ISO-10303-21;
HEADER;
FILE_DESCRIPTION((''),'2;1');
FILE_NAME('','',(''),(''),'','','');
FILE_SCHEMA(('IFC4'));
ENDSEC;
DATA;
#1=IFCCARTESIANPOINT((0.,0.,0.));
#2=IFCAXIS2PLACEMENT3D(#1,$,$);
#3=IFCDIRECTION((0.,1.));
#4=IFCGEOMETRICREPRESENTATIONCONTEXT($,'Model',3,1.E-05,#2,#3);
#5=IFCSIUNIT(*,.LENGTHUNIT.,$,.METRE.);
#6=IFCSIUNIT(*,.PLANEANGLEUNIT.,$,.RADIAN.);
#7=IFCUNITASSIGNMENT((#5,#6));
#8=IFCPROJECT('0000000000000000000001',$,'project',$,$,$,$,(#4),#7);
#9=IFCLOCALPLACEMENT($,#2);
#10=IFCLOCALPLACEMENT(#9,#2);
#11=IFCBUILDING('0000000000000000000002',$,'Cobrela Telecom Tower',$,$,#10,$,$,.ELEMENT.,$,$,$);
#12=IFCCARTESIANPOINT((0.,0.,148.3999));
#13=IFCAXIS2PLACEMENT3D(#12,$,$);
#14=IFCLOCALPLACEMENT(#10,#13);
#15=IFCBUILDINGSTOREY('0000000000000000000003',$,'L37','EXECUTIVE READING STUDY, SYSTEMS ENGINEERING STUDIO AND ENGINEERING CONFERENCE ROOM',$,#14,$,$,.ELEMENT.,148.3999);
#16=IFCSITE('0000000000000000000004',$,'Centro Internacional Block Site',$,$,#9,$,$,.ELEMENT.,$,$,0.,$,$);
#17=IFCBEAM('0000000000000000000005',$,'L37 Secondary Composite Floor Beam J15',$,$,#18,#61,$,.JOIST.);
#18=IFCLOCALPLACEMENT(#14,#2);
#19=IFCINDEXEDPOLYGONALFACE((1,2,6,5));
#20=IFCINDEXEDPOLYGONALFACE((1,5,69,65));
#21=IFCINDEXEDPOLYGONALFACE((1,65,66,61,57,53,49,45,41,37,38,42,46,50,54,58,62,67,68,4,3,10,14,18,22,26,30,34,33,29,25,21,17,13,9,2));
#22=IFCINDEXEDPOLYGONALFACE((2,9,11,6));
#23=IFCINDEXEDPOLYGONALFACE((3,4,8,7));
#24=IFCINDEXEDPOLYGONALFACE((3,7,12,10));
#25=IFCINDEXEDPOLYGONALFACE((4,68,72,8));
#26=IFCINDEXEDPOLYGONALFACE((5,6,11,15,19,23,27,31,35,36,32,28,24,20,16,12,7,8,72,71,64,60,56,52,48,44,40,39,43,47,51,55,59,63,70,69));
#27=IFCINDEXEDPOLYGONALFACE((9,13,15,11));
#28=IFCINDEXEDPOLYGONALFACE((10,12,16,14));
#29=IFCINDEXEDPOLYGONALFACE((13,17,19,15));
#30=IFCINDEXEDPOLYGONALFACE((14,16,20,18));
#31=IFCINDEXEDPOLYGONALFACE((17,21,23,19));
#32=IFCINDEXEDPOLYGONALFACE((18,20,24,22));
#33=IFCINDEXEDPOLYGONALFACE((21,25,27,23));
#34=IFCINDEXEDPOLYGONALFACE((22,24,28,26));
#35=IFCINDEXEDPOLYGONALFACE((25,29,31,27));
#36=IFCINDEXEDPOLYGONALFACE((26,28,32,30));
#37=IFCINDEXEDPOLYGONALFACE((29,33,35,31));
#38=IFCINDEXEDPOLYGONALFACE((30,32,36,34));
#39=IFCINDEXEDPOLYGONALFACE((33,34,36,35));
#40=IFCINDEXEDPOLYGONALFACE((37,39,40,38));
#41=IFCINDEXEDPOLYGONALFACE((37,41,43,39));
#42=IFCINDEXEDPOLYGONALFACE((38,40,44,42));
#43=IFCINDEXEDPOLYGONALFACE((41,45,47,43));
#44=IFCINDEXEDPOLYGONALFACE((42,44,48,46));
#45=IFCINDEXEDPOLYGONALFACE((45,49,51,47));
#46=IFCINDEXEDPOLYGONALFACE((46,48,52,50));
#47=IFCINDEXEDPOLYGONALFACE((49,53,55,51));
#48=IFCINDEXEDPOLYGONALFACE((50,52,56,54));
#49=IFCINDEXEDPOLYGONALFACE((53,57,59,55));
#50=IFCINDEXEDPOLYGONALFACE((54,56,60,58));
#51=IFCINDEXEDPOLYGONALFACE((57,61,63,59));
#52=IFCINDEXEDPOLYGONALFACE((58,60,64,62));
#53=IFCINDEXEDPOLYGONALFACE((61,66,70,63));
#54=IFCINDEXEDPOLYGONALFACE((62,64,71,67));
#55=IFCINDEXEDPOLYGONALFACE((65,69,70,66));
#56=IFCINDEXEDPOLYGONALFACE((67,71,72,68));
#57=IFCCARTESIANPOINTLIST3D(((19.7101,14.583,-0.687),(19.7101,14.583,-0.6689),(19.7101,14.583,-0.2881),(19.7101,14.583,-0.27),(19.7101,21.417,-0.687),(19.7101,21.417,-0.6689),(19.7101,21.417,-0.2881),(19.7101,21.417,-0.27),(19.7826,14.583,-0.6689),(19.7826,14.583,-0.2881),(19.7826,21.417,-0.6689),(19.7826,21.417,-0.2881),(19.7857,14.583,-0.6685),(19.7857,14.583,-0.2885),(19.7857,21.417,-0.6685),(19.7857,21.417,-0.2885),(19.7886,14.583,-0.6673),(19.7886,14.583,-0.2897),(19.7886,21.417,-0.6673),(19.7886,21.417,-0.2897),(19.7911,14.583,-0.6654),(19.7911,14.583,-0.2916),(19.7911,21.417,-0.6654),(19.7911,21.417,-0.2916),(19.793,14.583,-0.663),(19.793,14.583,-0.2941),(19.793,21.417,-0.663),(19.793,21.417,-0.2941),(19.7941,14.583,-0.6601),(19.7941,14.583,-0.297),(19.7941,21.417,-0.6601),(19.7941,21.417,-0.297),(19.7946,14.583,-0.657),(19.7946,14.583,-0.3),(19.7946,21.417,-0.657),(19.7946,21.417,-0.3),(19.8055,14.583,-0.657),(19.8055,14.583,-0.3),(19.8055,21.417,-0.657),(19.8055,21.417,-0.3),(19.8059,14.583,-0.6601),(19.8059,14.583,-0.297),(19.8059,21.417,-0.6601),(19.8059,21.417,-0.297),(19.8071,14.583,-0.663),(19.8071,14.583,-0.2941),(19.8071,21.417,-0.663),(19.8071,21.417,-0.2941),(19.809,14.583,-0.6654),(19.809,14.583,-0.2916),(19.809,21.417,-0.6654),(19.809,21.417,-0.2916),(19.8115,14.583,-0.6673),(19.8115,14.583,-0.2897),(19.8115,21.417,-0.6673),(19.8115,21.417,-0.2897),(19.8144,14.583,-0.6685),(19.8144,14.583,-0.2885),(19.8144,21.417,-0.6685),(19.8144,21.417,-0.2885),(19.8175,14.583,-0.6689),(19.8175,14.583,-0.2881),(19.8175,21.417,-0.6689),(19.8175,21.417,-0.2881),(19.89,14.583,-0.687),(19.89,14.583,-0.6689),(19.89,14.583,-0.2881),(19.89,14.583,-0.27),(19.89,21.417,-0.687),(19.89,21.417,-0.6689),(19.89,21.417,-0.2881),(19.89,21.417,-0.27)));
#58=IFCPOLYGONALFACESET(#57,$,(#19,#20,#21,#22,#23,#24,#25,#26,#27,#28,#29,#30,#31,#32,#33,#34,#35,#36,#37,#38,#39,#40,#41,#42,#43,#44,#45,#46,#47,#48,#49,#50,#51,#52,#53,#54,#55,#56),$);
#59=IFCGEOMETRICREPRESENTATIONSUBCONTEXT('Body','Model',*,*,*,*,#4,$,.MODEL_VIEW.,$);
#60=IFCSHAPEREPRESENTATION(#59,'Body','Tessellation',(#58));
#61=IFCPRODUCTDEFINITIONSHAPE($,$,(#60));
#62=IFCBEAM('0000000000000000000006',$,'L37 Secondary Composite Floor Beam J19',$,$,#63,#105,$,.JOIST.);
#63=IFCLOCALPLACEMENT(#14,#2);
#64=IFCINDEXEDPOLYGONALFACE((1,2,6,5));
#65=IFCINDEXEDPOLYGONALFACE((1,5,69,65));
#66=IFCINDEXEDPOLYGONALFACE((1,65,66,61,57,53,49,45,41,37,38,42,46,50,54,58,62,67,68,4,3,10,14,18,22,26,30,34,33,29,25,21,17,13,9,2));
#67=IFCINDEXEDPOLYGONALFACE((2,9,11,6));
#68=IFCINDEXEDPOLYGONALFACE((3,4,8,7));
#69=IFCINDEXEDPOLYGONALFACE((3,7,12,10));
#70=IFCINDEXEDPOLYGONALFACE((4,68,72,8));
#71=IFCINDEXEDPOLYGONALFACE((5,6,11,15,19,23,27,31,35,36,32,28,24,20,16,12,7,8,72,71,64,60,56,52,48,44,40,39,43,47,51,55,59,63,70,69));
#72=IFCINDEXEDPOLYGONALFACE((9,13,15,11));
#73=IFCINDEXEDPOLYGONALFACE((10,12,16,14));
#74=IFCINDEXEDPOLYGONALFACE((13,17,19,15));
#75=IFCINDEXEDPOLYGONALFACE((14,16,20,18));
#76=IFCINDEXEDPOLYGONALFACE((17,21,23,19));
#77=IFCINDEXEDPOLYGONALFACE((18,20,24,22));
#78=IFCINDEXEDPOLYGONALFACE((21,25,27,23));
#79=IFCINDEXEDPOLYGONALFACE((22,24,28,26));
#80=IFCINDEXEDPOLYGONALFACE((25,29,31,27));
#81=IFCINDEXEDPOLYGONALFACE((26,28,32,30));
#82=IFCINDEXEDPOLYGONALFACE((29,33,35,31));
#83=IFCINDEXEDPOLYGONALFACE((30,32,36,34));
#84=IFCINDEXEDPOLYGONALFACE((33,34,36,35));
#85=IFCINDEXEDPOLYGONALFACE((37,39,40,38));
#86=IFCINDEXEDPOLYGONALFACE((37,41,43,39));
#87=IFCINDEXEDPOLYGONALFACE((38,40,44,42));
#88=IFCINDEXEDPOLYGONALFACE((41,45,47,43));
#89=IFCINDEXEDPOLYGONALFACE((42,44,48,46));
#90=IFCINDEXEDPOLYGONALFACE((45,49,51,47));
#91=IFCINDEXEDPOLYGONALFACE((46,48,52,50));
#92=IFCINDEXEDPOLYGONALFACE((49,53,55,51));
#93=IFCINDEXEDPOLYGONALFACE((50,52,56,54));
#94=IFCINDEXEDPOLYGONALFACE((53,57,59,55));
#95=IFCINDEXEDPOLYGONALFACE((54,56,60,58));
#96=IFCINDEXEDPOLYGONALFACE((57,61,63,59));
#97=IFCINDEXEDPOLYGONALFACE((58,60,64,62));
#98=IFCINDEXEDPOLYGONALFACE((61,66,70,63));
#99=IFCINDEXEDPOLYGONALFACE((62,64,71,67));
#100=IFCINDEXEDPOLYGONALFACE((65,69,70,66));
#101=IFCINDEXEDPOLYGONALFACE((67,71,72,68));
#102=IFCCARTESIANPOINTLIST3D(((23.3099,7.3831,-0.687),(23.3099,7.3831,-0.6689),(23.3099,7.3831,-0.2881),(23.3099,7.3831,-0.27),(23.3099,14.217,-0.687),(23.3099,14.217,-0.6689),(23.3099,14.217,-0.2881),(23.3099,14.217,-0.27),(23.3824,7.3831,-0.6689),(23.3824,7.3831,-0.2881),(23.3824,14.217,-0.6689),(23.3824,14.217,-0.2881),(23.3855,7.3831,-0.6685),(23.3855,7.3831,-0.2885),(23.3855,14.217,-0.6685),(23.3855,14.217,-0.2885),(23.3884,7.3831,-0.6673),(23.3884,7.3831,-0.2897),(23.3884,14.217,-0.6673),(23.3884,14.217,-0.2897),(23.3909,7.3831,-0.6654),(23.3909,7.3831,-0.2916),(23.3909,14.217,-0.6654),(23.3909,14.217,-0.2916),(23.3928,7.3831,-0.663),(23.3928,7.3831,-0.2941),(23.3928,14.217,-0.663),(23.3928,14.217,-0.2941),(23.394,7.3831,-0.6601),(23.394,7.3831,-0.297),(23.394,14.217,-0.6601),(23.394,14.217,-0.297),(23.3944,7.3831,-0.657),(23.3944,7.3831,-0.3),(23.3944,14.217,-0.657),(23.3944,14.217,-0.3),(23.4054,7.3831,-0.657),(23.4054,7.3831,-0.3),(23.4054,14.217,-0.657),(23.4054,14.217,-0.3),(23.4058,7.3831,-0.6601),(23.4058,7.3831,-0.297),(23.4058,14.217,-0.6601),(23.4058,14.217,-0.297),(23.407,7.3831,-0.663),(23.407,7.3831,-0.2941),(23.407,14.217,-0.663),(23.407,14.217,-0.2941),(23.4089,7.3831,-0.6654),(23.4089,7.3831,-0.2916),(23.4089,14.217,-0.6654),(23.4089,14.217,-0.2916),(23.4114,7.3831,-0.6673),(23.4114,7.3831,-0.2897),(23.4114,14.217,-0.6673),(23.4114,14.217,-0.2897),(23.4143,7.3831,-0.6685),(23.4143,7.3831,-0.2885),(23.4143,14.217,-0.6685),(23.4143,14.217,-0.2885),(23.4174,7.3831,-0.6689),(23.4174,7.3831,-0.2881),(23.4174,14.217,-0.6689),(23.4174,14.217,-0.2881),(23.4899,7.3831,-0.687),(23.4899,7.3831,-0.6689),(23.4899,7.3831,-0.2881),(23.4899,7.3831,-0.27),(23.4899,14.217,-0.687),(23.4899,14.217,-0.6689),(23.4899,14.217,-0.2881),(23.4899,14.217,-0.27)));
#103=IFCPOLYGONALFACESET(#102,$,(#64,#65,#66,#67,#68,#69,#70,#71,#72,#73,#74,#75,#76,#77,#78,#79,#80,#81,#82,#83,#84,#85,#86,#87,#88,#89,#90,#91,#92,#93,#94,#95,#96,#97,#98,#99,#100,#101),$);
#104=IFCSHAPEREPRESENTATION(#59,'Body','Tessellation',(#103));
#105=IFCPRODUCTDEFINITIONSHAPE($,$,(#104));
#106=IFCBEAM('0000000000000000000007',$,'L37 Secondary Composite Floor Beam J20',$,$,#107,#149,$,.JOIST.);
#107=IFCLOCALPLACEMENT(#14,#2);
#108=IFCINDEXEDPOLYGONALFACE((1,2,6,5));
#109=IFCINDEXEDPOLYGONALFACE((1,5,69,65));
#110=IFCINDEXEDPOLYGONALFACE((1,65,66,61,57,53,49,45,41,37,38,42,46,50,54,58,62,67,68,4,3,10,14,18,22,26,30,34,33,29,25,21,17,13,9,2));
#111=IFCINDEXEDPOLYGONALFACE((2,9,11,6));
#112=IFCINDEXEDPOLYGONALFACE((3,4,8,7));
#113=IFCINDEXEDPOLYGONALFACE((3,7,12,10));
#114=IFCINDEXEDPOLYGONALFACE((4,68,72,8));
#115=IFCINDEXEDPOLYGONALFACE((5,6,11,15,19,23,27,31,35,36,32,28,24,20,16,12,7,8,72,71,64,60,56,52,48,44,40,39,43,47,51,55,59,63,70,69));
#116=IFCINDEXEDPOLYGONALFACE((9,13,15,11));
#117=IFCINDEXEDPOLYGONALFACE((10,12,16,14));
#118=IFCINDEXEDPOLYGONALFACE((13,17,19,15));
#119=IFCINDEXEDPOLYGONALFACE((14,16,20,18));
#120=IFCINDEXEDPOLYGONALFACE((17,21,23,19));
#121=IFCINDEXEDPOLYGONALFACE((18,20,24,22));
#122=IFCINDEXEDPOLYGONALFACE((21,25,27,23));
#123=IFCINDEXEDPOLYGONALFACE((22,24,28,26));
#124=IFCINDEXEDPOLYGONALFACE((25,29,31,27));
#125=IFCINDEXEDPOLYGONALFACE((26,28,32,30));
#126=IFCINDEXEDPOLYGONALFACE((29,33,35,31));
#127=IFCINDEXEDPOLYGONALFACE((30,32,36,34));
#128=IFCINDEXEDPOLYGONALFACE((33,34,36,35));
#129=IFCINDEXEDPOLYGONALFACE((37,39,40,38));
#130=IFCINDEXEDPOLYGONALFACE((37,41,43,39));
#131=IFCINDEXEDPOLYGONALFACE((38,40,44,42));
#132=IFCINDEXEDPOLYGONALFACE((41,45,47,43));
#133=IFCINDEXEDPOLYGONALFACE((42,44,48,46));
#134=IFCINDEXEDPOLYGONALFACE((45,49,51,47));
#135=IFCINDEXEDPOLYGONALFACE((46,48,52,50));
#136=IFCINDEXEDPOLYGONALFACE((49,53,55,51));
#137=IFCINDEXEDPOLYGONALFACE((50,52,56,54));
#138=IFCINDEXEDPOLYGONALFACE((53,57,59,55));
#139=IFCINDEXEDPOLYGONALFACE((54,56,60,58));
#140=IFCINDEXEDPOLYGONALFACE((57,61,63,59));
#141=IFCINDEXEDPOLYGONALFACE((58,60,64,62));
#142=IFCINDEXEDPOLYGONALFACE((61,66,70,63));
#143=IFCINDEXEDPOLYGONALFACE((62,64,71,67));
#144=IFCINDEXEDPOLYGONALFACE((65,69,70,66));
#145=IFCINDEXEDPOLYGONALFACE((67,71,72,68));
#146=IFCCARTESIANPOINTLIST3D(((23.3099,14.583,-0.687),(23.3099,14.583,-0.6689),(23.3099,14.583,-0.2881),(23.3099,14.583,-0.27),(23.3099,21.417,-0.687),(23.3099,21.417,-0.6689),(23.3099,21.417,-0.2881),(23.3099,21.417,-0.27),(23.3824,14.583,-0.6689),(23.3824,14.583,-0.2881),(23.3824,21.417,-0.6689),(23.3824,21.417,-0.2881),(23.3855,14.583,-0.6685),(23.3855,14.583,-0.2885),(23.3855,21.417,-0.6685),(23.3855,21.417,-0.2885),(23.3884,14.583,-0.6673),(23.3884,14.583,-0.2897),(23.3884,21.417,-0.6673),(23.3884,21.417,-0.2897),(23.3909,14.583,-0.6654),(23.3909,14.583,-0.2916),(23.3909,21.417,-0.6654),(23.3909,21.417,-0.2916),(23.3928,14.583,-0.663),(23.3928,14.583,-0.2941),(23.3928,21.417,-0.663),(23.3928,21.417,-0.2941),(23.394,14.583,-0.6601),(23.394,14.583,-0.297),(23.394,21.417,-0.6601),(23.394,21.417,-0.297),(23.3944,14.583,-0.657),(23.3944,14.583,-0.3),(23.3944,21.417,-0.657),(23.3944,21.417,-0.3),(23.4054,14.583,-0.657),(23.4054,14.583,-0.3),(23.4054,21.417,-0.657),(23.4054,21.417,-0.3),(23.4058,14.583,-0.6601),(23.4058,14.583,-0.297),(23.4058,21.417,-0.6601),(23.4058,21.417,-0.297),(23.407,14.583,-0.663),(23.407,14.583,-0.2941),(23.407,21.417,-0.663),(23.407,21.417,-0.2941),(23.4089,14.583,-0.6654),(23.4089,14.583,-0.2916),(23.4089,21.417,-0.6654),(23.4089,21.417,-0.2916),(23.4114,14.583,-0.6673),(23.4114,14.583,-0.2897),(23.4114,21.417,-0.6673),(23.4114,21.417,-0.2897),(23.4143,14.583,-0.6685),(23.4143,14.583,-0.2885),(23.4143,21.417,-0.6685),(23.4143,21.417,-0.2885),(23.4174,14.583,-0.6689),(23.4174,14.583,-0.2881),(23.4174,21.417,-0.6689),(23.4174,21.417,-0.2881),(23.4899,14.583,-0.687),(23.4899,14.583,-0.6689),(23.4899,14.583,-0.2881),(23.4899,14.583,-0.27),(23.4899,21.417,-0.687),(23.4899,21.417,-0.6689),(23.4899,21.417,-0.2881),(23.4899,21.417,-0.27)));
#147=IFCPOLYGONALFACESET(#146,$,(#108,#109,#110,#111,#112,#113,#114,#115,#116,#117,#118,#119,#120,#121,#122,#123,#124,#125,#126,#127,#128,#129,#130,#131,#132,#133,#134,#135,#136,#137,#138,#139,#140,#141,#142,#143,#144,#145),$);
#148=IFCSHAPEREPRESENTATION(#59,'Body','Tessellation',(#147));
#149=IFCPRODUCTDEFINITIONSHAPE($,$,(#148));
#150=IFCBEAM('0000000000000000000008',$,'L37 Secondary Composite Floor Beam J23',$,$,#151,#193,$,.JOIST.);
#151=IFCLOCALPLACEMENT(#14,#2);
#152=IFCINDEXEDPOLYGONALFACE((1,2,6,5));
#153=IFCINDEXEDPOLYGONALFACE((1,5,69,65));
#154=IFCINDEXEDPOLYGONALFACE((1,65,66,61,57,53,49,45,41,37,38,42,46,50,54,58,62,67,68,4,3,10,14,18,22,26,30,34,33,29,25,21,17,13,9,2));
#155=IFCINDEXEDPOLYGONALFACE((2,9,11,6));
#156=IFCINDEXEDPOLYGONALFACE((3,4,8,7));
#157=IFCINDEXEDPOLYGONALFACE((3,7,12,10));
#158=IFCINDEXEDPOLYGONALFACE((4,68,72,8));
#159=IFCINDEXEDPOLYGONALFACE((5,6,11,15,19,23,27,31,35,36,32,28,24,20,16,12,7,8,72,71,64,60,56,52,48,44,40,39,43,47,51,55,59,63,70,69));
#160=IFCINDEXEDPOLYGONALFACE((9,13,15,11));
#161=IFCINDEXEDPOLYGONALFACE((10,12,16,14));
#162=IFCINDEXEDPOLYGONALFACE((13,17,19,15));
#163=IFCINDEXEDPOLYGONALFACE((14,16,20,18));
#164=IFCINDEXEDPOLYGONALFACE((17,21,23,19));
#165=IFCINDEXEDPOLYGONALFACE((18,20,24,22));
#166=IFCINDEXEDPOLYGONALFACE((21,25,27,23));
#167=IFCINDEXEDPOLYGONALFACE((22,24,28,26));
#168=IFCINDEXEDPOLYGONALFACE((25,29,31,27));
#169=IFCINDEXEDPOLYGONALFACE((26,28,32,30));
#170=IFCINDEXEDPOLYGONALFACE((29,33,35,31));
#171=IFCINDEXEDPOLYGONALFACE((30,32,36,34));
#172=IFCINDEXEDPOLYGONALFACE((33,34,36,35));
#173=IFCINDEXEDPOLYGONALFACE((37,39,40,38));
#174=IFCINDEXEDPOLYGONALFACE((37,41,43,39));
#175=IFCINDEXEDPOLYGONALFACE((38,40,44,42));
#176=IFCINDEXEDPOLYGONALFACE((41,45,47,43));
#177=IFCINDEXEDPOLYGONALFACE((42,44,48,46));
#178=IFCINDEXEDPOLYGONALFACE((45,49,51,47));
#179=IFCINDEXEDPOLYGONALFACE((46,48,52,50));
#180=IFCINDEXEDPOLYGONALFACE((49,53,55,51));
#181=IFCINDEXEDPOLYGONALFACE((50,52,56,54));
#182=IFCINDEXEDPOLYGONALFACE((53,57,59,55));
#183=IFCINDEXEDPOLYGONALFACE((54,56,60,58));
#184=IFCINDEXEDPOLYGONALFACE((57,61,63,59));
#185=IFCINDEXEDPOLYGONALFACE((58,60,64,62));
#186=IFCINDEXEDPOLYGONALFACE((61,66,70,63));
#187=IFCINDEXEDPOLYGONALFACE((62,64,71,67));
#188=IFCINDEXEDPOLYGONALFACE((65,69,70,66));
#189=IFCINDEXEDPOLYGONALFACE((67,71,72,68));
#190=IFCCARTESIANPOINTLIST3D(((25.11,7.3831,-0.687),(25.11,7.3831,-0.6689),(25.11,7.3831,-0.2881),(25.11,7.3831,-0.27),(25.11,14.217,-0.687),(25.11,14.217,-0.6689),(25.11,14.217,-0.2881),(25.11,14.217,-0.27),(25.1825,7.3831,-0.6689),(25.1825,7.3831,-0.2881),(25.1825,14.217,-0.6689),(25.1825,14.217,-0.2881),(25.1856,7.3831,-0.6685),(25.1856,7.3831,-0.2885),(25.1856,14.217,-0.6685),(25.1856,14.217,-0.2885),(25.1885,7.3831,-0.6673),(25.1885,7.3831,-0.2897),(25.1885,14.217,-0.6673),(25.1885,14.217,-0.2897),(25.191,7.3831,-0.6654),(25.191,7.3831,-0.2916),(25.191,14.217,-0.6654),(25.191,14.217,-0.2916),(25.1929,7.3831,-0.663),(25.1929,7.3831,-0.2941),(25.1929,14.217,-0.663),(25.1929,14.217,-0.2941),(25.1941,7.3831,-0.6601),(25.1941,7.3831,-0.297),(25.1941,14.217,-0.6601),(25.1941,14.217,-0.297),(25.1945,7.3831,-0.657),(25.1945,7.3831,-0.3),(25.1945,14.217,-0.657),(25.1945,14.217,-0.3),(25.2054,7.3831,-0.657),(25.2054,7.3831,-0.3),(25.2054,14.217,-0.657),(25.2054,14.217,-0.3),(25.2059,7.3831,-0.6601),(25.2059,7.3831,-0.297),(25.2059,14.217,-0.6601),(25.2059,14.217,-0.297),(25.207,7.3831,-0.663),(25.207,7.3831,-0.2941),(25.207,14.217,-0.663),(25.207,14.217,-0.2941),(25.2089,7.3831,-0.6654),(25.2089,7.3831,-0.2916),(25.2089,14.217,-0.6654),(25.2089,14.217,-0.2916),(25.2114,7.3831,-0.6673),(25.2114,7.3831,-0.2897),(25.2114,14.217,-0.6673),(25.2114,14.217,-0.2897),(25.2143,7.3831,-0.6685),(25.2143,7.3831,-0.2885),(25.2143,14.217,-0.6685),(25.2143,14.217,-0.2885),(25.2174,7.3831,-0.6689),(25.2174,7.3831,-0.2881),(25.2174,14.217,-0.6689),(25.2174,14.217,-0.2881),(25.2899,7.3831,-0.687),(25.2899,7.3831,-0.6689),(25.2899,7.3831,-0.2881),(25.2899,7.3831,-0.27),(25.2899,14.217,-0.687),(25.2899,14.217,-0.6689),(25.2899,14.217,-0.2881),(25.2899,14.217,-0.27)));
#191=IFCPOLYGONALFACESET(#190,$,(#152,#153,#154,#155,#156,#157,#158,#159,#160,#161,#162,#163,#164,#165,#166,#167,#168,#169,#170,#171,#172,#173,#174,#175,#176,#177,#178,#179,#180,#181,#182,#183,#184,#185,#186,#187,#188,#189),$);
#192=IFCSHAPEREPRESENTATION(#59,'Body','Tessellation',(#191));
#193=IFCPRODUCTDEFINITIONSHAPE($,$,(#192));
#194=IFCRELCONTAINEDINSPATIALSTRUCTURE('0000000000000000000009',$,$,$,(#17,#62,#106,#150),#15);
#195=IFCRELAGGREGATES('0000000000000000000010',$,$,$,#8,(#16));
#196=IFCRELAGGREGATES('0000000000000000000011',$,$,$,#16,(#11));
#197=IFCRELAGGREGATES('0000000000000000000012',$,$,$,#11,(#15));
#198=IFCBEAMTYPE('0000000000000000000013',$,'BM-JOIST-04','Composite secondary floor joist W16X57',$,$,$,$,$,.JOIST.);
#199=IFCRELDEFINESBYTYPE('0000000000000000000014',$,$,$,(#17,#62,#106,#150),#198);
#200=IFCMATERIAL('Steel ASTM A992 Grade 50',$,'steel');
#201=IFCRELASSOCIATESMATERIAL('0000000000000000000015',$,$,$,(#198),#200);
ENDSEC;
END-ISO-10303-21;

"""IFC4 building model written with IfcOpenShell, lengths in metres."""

from ifc_helpers import new_model, si_unit, direction, frame, origin, origin_2d, place, context, subcontext, project, spatial, i_section, extrude, material, material_profile, profile_set, type_object, element, save


model = new_model("IFC4")

# Units and contexts
model_context = context("Model", 3, precision=1e-05, world=origin(), true_north=direction((0.0, 1.0)))
body_context = subcontext(model_context, "Body", "Model", "MODEL_VIEW")
ifc_project = project(units=[si_unit("LENGTHUNIT", "METRE"), si_unit("PLANEANGLEUNIT", "RADIAN")], contexts=[model_context])

# Site, building, storey
site_placement = place(None, origin())
site = spatial("IfcSite", under=ifc_project, at=site_placement, Name="Centro Internacional Block Site", CompositionType="ELEMENT", RefElevation=0.0)
building_placement = place(site_placement, origin())
building = spatial("IfcBuilding", under=site, at=building_placement, Name="Cobrela Telecom Tower", CompositionType="ELEMENT")
storey_placement = place(building_placement, frame((0.0, 0.0, 148.3999)))
storey = spatial("IfcBuildingStorey", under=building, at=storey_placement, Name="L37", Description="EXECUTIVE READING STUDY, SYSTEMS ENGINEERING STUDIO AND ENGINEERING CONFERENCE ROOM", CompositionType="ELEMENT", Elevation=148.3999)

# Shared definitions
ifc_material_1 = material(Name="Steel ASTM A992 Grade 50", Category="steel")

# Beams
ifc_material_profile_1 = material_profile(ifc_material_1, i_section(OverallWidth=0.1799, OverallDepth=0.417, WebThickness=0.011, FlangeThickness=0.0181, FilletRadius=0.012, at=origin_2d()), Name="W16X57")
ifc_profile_set_1 = profile_set([ifc_material_profile_1], Name="Steel ASTM A992 Grade 50")
beam_type_1 = type_object("IfcBeamType", Name="BM-JOIST-04", Description="Composite secondary floor joist W16X57", PredefinedType="JOIST", material=ifc_profile_set_1)
for number, where, z_axis, x_axis, name in (
    (1, (19.8, 14.583, -0.4785), (0.0, 1.0, 0.0), (-1.0, 0.0, 0.0), "L37 Secondary Composite Floor Beam J15"),
    (2, (23.3999, 7.3831, -0.4785), (0.0, 1.0, 0.0), (-1.0, 0.0, 0.0), "L37 Secondary Composite Floor Beam J19"),
    (3, (23.3999, 14.583, -0.4785), (0.0, 1.0, 0.0), (-1.0, 0.0, 0.0), "L37 Secondary Composite Floor Beam J20"),
    (4, (25.2, 7.3831, -0.4785), (0.0, 1.0, 0.0), (-1.0, 0.0, 0.0), "L37 Secondary Composite Floor Beam J23"),
):
    element("IfcBeam", number, at=place(storey_placement, frame(where, z_axis=z_axis, x_axis=x_axis)), inside=storey, type_object=beam_type_1, Name=name, PredefinedType="JOIST", context=body_context, shape_type="SweptSolid", body=[
        extrude(i_section(OverallWidth=0.1799, OverallDepth=0.417, WebThickness=0.011, FlangeThickness=0.0181, FilletRadius=0.012, at=origin_2d()), origin(), (0.0, 0.0, 1.0), 6.834),
    ])

save(model, "model.ifc")
